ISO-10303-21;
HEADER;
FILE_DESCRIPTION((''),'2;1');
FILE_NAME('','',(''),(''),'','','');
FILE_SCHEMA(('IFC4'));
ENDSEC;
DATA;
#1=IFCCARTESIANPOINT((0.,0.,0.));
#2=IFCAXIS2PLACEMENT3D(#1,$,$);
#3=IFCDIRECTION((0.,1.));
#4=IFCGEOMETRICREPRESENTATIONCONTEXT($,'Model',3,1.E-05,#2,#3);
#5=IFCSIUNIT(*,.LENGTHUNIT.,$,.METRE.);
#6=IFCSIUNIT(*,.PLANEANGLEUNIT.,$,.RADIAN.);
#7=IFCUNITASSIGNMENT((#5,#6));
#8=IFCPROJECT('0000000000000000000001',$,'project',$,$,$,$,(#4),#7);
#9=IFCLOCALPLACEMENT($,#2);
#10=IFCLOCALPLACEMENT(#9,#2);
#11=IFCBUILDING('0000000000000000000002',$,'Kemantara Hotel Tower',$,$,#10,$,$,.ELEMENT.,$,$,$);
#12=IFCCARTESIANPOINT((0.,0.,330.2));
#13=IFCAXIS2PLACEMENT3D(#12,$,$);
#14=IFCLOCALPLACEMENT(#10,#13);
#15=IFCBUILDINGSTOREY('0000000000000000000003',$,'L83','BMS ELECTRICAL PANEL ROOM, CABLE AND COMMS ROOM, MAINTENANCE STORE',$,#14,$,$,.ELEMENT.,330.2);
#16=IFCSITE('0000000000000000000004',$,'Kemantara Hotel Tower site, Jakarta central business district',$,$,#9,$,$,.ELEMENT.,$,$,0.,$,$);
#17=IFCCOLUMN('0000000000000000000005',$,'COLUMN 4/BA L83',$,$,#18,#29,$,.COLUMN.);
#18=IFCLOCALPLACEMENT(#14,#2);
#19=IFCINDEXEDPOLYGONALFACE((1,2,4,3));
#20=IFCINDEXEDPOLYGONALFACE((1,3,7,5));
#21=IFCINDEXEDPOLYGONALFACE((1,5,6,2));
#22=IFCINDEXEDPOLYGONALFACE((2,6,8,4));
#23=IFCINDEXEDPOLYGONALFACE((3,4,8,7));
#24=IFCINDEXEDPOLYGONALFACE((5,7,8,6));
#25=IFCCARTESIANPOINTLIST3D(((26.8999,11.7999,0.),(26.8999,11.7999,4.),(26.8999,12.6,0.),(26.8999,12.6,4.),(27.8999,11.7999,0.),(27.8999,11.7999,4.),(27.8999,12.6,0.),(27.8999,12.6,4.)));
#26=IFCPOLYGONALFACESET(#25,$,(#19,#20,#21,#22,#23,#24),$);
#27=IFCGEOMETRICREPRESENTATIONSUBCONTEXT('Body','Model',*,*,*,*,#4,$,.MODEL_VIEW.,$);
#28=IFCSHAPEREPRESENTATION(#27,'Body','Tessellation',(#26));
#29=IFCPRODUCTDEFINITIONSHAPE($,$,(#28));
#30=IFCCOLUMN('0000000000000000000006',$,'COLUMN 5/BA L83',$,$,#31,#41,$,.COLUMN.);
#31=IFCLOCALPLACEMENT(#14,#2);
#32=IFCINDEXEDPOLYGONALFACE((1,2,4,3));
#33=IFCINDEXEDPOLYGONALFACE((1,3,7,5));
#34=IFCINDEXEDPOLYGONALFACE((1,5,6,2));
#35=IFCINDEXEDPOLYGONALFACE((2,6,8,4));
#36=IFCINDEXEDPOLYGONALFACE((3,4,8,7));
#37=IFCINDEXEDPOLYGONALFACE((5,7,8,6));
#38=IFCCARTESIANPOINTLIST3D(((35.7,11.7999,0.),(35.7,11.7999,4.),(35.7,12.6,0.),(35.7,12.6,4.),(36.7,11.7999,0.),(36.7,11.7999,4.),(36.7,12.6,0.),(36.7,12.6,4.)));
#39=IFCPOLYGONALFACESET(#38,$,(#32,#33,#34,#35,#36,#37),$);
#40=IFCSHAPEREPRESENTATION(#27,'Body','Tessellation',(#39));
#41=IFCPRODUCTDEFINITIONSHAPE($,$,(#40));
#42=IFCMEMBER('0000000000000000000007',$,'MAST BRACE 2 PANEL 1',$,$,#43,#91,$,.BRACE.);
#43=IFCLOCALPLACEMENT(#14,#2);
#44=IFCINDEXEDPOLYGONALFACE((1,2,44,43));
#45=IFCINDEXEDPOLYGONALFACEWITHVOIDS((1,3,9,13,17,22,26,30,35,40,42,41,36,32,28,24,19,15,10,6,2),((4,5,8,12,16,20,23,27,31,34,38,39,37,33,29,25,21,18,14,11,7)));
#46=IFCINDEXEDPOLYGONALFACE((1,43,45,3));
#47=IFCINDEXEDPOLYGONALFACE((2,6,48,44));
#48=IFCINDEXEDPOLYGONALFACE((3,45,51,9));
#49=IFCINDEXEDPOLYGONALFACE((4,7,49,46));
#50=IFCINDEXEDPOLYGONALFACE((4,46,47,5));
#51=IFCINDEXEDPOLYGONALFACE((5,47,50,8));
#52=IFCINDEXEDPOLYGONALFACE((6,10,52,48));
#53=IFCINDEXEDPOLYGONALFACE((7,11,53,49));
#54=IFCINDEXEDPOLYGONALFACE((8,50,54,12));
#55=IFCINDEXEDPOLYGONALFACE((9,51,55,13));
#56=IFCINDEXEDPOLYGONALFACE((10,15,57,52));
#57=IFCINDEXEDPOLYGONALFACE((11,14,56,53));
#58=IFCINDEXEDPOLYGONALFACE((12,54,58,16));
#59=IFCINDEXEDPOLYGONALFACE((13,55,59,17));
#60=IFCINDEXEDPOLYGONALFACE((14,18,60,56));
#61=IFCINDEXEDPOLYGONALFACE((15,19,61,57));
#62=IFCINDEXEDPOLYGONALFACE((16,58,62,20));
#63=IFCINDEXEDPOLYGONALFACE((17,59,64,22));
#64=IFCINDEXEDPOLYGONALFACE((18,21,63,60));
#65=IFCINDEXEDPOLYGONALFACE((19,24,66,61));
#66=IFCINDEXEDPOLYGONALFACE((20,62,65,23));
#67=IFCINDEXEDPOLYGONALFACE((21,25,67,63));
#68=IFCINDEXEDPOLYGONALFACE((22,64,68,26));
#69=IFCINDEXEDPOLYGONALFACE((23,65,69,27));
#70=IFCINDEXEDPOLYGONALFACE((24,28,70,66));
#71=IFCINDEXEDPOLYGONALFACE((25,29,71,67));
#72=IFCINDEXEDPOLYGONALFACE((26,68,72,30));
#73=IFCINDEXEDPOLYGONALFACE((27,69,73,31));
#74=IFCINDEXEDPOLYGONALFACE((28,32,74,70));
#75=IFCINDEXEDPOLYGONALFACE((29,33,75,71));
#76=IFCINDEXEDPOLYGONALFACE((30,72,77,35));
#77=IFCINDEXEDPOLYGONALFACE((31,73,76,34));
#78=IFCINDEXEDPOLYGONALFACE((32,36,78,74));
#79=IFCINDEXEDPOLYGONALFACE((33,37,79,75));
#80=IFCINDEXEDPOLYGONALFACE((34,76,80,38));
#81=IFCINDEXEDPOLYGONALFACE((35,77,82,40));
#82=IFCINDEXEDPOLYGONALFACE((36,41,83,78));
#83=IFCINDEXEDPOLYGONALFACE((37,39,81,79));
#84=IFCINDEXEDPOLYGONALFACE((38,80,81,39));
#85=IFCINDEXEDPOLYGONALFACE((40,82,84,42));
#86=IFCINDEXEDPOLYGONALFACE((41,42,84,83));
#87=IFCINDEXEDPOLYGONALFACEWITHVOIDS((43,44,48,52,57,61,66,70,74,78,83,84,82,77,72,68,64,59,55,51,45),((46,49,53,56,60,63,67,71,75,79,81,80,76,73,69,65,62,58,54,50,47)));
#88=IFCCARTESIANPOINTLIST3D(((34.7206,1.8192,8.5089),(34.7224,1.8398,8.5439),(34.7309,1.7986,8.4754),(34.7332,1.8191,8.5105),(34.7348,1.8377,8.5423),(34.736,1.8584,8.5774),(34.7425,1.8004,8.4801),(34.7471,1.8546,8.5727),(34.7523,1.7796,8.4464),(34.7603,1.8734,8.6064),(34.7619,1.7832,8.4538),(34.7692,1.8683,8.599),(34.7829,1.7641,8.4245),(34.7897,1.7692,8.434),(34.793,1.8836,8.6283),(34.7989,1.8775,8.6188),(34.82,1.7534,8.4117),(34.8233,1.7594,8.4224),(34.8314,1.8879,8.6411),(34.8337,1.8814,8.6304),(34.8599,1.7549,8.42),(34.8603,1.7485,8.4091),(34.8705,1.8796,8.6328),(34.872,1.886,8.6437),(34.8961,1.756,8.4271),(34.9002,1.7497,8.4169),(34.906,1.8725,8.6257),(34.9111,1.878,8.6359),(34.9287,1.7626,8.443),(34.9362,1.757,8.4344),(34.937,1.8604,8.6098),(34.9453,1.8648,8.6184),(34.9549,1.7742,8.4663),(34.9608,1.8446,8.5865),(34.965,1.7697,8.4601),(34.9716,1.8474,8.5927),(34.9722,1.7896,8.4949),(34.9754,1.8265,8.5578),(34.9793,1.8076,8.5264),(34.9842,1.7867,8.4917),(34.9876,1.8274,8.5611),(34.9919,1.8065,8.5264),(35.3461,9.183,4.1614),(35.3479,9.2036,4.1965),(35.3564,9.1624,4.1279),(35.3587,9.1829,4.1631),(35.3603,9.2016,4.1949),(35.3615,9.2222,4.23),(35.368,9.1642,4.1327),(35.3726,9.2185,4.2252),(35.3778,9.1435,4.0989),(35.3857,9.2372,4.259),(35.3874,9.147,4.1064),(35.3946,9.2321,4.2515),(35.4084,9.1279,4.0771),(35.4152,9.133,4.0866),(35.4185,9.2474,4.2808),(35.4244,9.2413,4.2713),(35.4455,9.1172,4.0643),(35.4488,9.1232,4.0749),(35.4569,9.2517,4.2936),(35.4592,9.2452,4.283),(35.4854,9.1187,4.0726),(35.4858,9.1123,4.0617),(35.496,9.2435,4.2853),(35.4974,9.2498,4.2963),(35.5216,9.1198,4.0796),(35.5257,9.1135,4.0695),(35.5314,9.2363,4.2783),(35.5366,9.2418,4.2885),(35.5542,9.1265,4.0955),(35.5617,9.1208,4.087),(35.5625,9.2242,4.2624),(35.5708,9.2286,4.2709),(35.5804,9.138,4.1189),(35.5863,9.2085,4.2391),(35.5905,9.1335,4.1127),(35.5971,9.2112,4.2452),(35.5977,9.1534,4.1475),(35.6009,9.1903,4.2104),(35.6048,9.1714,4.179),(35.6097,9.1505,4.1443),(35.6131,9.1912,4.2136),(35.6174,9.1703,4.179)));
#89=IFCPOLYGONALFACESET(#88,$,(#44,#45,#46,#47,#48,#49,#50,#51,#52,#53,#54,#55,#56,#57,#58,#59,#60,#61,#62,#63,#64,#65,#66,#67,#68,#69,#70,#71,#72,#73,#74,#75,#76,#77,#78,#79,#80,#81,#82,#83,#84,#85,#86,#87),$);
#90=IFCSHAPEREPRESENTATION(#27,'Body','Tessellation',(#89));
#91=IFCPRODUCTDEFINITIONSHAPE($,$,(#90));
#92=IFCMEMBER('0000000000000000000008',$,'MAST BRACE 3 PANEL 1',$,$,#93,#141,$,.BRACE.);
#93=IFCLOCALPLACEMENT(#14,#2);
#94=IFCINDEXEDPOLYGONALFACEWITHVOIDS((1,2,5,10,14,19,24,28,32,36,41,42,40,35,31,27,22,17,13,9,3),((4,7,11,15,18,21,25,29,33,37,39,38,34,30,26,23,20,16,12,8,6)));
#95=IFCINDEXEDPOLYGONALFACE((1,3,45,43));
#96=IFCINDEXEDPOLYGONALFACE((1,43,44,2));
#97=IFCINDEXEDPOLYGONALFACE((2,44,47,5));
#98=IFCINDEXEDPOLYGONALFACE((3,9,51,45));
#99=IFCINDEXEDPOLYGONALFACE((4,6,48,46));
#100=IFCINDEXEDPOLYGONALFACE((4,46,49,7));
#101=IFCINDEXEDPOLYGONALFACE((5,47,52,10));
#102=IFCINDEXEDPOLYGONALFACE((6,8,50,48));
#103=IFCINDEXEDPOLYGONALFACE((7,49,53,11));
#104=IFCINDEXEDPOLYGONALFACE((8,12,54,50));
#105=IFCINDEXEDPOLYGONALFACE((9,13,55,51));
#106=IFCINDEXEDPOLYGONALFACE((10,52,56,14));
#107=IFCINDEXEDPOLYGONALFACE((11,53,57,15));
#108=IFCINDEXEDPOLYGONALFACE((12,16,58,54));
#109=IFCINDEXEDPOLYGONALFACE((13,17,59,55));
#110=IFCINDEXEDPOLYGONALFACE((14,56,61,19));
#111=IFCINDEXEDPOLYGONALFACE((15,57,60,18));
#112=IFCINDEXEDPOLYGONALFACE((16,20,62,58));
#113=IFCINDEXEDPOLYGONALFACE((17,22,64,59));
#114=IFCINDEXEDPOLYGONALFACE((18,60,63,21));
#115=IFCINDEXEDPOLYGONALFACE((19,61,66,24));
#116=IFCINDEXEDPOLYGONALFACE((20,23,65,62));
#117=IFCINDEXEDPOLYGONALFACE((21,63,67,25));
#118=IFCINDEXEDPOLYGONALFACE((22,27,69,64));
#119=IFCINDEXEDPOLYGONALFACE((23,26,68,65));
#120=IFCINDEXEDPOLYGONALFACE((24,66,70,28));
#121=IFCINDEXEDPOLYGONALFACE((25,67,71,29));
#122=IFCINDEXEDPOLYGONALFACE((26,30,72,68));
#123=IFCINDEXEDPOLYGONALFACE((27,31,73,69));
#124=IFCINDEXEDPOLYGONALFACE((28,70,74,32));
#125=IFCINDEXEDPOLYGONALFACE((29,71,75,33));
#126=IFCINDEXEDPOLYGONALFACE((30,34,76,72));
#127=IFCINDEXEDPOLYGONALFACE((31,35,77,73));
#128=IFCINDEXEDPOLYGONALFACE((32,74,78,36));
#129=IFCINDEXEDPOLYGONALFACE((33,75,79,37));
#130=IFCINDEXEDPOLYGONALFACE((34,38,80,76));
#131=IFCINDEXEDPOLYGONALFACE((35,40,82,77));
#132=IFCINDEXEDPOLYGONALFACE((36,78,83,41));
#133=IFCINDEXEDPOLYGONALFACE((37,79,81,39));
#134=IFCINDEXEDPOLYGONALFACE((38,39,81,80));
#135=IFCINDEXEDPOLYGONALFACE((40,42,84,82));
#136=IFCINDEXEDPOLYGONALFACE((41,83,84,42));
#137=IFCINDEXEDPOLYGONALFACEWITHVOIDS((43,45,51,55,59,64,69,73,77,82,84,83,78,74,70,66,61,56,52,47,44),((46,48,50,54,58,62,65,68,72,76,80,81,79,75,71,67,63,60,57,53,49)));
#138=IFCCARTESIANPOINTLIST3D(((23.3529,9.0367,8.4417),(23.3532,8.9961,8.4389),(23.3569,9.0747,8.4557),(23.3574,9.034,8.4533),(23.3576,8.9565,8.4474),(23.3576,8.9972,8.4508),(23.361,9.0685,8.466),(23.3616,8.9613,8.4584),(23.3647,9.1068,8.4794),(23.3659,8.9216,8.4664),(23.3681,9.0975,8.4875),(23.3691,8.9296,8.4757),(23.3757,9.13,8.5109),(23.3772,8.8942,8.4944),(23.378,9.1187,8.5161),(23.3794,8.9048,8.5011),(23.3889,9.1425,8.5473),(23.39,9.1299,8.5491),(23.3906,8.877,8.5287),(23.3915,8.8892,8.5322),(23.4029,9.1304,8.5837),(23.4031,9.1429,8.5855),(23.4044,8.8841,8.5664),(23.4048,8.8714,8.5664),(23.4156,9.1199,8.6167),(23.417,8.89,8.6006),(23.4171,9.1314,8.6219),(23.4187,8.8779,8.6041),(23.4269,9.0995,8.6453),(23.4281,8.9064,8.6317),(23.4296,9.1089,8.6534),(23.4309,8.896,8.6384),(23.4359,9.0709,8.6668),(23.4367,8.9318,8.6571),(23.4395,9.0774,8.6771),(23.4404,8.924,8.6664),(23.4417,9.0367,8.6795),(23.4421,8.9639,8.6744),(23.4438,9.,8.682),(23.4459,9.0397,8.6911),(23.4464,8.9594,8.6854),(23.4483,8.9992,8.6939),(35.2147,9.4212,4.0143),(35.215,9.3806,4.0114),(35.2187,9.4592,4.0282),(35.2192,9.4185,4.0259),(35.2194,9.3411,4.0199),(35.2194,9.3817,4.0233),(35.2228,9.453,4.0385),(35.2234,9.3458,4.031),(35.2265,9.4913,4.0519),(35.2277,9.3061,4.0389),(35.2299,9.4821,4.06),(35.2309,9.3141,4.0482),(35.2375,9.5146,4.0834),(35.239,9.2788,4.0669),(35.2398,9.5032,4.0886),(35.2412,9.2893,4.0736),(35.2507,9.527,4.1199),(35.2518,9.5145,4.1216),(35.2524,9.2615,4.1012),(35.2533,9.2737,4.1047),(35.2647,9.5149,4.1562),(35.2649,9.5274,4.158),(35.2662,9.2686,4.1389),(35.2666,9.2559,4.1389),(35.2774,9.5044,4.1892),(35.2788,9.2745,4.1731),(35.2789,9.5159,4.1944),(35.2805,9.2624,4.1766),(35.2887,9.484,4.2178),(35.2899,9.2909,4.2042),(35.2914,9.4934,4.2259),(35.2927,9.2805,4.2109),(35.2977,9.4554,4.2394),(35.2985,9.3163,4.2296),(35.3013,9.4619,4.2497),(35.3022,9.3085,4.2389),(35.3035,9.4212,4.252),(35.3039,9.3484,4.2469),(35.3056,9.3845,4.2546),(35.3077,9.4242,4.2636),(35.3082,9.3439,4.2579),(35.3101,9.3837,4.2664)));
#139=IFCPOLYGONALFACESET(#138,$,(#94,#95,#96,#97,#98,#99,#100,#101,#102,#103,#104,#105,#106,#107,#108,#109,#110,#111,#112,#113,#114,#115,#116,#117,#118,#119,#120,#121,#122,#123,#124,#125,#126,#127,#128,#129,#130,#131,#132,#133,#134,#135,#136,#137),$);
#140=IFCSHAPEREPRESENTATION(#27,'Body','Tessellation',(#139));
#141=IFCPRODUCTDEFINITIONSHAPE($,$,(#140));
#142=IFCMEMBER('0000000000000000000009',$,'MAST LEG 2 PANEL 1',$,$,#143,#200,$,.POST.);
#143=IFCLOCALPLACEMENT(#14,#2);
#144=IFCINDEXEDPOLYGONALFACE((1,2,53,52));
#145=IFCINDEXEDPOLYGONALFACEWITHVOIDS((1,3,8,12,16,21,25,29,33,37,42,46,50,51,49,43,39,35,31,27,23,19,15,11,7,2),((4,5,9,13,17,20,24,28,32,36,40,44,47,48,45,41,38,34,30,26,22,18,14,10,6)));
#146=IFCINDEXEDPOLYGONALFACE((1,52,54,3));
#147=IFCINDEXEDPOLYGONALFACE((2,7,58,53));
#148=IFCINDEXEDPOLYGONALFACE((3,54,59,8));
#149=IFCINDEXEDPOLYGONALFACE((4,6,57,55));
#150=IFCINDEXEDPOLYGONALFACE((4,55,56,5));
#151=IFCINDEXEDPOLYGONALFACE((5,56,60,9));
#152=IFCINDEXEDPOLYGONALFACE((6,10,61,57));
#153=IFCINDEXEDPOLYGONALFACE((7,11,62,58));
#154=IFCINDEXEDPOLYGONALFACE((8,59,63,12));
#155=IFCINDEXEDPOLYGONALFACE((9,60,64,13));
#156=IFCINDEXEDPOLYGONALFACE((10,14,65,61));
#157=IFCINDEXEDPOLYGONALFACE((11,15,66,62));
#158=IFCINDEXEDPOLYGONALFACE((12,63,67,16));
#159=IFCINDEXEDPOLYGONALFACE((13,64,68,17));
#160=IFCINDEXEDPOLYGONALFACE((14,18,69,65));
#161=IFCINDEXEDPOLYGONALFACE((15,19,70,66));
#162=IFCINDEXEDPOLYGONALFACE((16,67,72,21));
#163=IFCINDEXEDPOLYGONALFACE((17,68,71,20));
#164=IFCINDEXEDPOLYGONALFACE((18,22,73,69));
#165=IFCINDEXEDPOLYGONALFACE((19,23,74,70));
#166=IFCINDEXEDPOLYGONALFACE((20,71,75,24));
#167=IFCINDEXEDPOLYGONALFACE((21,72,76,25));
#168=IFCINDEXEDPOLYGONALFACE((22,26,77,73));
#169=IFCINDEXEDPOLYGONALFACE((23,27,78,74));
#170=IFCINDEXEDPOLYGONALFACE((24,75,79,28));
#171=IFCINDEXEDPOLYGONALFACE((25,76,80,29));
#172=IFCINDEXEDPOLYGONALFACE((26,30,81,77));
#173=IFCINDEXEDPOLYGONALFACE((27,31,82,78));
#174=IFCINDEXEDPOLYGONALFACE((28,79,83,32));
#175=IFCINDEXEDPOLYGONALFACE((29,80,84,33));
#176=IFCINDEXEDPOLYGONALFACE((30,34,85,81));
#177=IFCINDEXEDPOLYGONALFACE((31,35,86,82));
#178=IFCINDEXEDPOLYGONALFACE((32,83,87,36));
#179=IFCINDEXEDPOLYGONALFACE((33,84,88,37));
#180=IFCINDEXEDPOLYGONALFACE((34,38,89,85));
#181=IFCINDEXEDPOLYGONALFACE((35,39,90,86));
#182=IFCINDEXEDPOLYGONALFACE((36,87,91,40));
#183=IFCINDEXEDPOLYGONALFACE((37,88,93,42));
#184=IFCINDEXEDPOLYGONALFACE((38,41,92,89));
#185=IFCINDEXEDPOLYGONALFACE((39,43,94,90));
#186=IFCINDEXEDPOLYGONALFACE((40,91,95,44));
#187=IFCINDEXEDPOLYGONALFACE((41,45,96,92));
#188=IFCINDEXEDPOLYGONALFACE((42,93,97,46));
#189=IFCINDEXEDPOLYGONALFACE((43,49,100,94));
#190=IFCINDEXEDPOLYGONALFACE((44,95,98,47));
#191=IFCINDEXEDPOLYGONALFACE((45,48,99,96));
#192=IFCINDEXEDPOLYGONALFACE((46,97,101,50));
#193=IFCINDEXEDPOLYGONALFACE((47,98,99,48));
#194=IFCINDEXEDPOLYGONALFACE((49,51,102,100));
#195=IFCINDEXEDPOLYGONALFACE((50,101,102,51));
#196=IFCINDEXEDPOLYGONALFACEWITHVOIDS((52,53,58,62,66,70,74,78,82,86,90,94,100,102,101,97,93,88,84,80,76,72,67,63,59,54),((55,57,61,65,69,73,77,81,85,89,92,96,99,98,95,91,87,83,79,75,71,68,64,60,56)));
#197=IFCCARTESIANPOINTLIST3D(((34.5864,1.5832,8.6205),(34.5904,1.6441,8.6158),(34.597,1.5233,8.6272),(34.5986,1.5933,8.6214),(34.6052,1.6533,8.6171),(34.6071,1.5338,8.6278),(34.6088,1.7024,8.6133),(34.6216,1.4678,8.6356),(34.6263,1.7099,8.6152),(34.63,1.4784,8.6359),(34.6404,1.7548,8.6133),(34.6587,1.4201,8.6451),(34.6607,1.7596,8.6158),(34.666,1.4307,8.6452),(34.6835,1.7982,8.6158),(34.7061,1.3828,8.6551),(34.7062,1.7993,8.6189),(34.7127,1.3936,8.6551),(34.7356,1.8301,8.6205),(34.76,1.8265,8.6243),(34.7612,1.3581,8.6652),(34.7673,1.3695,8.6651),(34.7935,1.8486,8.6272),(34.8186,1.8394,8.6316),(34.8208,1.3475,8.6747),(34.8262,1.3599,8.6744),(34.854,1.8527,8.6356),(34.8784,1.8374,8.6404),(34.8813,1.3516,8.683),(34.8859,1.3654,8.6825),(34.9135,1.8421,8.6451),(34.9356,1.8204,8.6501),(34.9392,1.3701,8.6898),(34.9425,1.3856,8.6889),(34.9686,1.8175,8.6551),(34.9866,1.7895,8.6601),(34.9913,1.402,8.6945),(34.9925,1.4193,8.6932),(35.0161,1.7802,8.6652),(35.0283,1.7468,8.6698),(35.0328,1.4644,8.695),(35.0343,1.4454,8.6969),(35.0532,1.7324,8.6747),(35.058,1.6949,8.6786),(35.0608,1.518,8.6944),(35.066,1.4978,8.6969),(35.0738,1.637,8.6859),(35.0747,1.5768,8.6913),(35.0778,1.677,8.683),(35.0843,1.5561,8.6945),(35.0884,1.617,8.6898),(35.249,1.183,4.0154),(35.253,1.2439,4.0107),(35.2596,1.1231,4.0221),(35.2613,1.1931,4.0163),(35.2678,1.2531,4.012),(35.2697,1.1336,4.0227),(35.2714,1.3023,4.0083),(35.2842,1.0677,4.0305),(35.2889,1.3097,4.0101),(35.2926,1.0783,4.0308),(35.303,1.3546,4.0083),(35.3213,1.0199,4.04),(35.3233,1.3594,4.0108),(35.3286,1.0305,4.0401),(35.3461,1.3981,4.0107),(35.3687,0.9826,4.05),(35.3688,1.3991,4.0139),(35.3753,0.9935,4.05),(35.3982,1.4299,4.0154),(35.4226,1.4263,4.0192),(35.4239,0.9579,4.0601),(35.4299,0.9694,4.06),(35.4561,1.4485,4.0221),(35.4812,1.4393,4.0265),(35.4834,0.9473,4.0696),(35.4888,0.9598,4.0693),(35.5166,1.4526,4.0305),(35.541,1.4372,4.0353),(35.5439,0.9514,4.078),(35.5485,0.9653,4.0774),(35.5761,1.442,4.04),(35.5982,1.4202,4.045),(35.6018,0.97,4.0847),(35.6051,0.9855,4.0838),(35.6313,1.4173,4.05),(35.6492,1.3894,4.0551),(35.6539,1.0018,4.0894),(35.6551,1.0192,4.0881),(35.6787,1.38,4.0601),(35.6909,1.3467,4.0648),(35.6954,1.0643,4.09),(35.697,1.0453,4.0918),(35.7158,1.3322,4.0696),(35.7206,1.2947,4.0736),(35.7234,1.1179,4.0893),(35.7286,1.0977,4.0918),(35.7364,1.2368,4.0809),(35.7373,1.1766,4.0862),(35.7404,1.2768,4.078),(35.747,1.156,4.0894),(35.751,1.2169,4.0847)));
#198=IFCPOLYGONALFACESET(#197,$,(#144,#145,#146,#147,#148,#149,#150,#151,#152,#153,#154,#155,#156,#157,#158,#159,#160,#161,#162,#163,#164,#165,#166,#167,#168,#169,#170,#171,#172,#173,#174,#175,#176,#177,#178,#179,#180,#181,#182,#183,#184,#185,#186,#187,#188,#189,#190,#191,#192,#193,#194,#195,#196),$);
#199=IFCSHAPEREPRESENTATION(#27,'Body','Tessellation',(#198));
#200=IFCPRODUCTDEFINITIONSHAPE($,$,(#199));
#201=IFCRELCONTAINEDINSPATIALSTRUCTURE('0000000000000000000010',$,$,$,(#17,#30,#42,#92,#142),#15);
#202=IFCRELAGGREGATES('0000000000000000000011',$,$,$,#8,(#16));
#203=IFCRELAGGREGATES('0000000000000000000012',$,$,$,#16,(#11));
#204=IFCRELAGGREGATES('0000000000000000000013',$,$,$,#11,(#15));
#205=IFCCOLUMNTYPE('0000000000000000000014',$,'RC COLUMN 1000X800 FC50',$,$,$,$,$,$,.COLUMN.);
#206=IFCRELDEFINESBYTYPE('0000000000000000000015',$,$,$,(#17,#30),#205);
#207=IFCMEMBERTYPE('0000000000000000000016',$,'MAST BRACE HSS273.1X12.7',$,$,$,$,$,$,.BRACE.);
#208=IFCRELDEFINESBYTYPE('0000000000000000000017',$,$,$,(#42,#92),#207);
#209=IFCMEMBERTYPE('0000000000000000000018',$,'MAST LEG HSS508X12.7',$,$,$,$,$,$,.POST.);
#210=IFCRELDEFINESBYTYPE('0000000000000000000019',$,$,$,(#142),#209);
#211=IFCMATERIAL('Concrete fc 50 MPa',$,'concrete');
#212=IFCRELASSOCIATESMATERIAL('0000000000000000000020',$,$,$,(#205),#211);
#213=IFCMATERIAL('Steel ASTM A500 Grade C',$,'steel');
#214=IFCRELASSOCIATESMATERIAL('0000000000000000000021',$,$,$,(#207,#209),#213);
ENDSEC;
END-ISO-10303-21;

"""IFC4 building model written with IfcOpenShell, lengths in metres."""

from ifc_helpers import new_model, si_unit, direction, frame, origin, origin_2d, place, context, subcontext, project, spatial, rectangle, hollow_circle, extrude, material, material_profile, profile_set, type_object, element, save


model = new_model("IFC4")

# Units and contexts
model_context = context("Model", 3, precision=1e-05, world=origin(), true_north=direction((0.0, 1.0)))
body_context = subcontext(model_context, "Body", "Model", "MODEL_VIEW")
ifc_project = project(units=[si_unit("LENGTHUNIT", "METRE"), si_unit("PLANEANGLEUNIT", "RADIAN")], contexts=[model_context])

# Site, building, storey
site_placement = place(None, origin())
site = spatial("IfcSite", under=ifc_project, at=site_placement, Name="Kemantara Hotel Tower site, Jakarta central business district", CompositionType="ELEMENT", RefElevation=0.0)
building_placement = place(site_placement, origin())
building = spatial("IfcBuilding", under=site, at=building_placement, Name="Kemantara Hotel Tower", CompositionType="ELEMENT")
storey_placement = place(building_placement, frame((0.0, 0.0, 330.2)))
storey = spatial("IfcBuildingStorey", under=building, at=storey_placement, Name="L83", Description="BMS ELECTRICAL PANEL ROOM, CABLE AND COMMS ROOM, MAINTENANCE STORE", CompositionType="ELEMENT", Elevation=330.2)

# Columns
ifc_material_1 = material(Name="Concrete fc 50 MPa", Category="concrete")
ifc_material_profile_1 = material_profile(ifc_material_1, rectangle(XDim=1.0, YDim=0.8, at=origin_2d()), Name="RC 1000X800")
ifc_profile_set_1 = profile_set([ifc_material_profile_1], Name="Concrete fc 50 MPa")
column_type = type_object("IfcColumnType", Name="RC COLUMN 1000X800 FC50", PredefinedType="COLUMN", material=ifc_profile_set_1)
for number, where, z_axis, x_axis, name in (
    (1, (27.3999, 12.2, 0.0), (0.0, 0.0, 1.0), (1.0, 0.0, 0.0), "COLUMN 4/BA L83"),
    (2, (36.2, 12.2, 0.0), (0.0, 0.0, 1.0), (1.0, 0.0, 0.0), "COLUMN 5/BA L83"),
):
    element("IfcColumn", number, at=place(storey_placement, frame(where, z_axis=z_axis, x_axis=x_axis)), inside=storey, type_object=column_type, Name=name, PredefinedType="COLUMN", context=body_context, shape_type="SweptSolid", body=[
        extrude(rectangle(XDim=1.0, YDim=0.8, at=origin_2d()), origin(), (0.0, 0.0, 1.0), 4.0),
    ])

# Members
ifc_material_2 = material(Name="Steel ASTM A500 Grade C", Category="steel")
ifc_material_profile_2 = material_profile(ifc_material_2, hollow_circle(Radius=0.1365, WallThickness=0.0127, at=origin_2d()), Name="HSS273.1X12.7")
ifc_profile_set_2 = profile_set([ifc_material_profile_2], Name="Steel ASTM A500 Grade C")
member_type_1 = type_object("IfcMemberType", Name="MAST BRACE HSS273.1X12.7", PredefinedType="BRACE", material=ifc_profile_set_2)
member_1_placement = place(storey_placement, frame((35.4814, 9.1819, 4.179), z_axis=(-0.07295, -0.858832, 0.507036), x_axis=(0.996412, -0.084637, 0.0)))
element("IfcMember", 3, at=member_1_placement, inside=storey, type_object=member_type_1, Name="MAST BRACE 2 PANEL 1", PredefinedType="BRACE", context=body_context, shape_type="SweptSolid", body=[
    extrude(hollow_circle(Radius=0.1365, WallThickness=0.0127, at=origin_2d()), origin(), (0.0, 0.0, 1.0), 8.5742),
])
member_2_placement = place(storey_placement, frame((35.2622, 9.3923, 4.1389), z_axis=(-0.936434, -0.030356, 0.349529), x_axis=(0.0324, -0.999475, 0.0)))
element("IfcMember", 4, at=member_2_placement, inside=storey, type_object=member_type_1, Name="MAST BRACE 3 PANEL 1", PredefinedType="BRACE", context=body_context, shape_type="SweptSolid", body=[
    extrude(hollow_circle(Radius=0.1365, WallThickness=0.0127, at=origin_2d()), origin(), (0.0, 0.0, 1.0), 12.667),
])
ifc_material_profile_3 = material_profile(ifc_material_2, hollow_circle(Radius=0.2539, WallThickness=0.0127, at=origin_2d()), Name="HSS508X12.7")
ifc_profile_set_3 = profile_set([ifc_material_profile_3], Name="Steel ASTM A500 Grade C")
member_type_2 = type_object("IfcMemberType", Name="MAST LEG HSS508X12.7", PredefinedType="POST", material=ifc_profile_set_3)
for number, where, z_axis, x_axis, name in (
    (5, (35.5, 1.2, 4.05), (-0.141897, 0.085692, 0.986165), (-0.516952, -0.856014, 0.0), "MAST LEG 2 PANEL 1"),
):
    element("IfcMember", number, at=place(storey_placement, frame(where, z_axis=z_axis, x_axis=x_axis)), inside=storey, type_object=member_type_2, Name=name, PredefinedType="POST", context=body_context, shape_type="SweptSolid", body=[
        extrude(hollow_circle(Radius=0.2539, WallThickness=0.0127, at=origin_2d()), origin(), (0.0, 0.0, 1.0), 4.6697),
    ])

save(model, "model.ifc")
